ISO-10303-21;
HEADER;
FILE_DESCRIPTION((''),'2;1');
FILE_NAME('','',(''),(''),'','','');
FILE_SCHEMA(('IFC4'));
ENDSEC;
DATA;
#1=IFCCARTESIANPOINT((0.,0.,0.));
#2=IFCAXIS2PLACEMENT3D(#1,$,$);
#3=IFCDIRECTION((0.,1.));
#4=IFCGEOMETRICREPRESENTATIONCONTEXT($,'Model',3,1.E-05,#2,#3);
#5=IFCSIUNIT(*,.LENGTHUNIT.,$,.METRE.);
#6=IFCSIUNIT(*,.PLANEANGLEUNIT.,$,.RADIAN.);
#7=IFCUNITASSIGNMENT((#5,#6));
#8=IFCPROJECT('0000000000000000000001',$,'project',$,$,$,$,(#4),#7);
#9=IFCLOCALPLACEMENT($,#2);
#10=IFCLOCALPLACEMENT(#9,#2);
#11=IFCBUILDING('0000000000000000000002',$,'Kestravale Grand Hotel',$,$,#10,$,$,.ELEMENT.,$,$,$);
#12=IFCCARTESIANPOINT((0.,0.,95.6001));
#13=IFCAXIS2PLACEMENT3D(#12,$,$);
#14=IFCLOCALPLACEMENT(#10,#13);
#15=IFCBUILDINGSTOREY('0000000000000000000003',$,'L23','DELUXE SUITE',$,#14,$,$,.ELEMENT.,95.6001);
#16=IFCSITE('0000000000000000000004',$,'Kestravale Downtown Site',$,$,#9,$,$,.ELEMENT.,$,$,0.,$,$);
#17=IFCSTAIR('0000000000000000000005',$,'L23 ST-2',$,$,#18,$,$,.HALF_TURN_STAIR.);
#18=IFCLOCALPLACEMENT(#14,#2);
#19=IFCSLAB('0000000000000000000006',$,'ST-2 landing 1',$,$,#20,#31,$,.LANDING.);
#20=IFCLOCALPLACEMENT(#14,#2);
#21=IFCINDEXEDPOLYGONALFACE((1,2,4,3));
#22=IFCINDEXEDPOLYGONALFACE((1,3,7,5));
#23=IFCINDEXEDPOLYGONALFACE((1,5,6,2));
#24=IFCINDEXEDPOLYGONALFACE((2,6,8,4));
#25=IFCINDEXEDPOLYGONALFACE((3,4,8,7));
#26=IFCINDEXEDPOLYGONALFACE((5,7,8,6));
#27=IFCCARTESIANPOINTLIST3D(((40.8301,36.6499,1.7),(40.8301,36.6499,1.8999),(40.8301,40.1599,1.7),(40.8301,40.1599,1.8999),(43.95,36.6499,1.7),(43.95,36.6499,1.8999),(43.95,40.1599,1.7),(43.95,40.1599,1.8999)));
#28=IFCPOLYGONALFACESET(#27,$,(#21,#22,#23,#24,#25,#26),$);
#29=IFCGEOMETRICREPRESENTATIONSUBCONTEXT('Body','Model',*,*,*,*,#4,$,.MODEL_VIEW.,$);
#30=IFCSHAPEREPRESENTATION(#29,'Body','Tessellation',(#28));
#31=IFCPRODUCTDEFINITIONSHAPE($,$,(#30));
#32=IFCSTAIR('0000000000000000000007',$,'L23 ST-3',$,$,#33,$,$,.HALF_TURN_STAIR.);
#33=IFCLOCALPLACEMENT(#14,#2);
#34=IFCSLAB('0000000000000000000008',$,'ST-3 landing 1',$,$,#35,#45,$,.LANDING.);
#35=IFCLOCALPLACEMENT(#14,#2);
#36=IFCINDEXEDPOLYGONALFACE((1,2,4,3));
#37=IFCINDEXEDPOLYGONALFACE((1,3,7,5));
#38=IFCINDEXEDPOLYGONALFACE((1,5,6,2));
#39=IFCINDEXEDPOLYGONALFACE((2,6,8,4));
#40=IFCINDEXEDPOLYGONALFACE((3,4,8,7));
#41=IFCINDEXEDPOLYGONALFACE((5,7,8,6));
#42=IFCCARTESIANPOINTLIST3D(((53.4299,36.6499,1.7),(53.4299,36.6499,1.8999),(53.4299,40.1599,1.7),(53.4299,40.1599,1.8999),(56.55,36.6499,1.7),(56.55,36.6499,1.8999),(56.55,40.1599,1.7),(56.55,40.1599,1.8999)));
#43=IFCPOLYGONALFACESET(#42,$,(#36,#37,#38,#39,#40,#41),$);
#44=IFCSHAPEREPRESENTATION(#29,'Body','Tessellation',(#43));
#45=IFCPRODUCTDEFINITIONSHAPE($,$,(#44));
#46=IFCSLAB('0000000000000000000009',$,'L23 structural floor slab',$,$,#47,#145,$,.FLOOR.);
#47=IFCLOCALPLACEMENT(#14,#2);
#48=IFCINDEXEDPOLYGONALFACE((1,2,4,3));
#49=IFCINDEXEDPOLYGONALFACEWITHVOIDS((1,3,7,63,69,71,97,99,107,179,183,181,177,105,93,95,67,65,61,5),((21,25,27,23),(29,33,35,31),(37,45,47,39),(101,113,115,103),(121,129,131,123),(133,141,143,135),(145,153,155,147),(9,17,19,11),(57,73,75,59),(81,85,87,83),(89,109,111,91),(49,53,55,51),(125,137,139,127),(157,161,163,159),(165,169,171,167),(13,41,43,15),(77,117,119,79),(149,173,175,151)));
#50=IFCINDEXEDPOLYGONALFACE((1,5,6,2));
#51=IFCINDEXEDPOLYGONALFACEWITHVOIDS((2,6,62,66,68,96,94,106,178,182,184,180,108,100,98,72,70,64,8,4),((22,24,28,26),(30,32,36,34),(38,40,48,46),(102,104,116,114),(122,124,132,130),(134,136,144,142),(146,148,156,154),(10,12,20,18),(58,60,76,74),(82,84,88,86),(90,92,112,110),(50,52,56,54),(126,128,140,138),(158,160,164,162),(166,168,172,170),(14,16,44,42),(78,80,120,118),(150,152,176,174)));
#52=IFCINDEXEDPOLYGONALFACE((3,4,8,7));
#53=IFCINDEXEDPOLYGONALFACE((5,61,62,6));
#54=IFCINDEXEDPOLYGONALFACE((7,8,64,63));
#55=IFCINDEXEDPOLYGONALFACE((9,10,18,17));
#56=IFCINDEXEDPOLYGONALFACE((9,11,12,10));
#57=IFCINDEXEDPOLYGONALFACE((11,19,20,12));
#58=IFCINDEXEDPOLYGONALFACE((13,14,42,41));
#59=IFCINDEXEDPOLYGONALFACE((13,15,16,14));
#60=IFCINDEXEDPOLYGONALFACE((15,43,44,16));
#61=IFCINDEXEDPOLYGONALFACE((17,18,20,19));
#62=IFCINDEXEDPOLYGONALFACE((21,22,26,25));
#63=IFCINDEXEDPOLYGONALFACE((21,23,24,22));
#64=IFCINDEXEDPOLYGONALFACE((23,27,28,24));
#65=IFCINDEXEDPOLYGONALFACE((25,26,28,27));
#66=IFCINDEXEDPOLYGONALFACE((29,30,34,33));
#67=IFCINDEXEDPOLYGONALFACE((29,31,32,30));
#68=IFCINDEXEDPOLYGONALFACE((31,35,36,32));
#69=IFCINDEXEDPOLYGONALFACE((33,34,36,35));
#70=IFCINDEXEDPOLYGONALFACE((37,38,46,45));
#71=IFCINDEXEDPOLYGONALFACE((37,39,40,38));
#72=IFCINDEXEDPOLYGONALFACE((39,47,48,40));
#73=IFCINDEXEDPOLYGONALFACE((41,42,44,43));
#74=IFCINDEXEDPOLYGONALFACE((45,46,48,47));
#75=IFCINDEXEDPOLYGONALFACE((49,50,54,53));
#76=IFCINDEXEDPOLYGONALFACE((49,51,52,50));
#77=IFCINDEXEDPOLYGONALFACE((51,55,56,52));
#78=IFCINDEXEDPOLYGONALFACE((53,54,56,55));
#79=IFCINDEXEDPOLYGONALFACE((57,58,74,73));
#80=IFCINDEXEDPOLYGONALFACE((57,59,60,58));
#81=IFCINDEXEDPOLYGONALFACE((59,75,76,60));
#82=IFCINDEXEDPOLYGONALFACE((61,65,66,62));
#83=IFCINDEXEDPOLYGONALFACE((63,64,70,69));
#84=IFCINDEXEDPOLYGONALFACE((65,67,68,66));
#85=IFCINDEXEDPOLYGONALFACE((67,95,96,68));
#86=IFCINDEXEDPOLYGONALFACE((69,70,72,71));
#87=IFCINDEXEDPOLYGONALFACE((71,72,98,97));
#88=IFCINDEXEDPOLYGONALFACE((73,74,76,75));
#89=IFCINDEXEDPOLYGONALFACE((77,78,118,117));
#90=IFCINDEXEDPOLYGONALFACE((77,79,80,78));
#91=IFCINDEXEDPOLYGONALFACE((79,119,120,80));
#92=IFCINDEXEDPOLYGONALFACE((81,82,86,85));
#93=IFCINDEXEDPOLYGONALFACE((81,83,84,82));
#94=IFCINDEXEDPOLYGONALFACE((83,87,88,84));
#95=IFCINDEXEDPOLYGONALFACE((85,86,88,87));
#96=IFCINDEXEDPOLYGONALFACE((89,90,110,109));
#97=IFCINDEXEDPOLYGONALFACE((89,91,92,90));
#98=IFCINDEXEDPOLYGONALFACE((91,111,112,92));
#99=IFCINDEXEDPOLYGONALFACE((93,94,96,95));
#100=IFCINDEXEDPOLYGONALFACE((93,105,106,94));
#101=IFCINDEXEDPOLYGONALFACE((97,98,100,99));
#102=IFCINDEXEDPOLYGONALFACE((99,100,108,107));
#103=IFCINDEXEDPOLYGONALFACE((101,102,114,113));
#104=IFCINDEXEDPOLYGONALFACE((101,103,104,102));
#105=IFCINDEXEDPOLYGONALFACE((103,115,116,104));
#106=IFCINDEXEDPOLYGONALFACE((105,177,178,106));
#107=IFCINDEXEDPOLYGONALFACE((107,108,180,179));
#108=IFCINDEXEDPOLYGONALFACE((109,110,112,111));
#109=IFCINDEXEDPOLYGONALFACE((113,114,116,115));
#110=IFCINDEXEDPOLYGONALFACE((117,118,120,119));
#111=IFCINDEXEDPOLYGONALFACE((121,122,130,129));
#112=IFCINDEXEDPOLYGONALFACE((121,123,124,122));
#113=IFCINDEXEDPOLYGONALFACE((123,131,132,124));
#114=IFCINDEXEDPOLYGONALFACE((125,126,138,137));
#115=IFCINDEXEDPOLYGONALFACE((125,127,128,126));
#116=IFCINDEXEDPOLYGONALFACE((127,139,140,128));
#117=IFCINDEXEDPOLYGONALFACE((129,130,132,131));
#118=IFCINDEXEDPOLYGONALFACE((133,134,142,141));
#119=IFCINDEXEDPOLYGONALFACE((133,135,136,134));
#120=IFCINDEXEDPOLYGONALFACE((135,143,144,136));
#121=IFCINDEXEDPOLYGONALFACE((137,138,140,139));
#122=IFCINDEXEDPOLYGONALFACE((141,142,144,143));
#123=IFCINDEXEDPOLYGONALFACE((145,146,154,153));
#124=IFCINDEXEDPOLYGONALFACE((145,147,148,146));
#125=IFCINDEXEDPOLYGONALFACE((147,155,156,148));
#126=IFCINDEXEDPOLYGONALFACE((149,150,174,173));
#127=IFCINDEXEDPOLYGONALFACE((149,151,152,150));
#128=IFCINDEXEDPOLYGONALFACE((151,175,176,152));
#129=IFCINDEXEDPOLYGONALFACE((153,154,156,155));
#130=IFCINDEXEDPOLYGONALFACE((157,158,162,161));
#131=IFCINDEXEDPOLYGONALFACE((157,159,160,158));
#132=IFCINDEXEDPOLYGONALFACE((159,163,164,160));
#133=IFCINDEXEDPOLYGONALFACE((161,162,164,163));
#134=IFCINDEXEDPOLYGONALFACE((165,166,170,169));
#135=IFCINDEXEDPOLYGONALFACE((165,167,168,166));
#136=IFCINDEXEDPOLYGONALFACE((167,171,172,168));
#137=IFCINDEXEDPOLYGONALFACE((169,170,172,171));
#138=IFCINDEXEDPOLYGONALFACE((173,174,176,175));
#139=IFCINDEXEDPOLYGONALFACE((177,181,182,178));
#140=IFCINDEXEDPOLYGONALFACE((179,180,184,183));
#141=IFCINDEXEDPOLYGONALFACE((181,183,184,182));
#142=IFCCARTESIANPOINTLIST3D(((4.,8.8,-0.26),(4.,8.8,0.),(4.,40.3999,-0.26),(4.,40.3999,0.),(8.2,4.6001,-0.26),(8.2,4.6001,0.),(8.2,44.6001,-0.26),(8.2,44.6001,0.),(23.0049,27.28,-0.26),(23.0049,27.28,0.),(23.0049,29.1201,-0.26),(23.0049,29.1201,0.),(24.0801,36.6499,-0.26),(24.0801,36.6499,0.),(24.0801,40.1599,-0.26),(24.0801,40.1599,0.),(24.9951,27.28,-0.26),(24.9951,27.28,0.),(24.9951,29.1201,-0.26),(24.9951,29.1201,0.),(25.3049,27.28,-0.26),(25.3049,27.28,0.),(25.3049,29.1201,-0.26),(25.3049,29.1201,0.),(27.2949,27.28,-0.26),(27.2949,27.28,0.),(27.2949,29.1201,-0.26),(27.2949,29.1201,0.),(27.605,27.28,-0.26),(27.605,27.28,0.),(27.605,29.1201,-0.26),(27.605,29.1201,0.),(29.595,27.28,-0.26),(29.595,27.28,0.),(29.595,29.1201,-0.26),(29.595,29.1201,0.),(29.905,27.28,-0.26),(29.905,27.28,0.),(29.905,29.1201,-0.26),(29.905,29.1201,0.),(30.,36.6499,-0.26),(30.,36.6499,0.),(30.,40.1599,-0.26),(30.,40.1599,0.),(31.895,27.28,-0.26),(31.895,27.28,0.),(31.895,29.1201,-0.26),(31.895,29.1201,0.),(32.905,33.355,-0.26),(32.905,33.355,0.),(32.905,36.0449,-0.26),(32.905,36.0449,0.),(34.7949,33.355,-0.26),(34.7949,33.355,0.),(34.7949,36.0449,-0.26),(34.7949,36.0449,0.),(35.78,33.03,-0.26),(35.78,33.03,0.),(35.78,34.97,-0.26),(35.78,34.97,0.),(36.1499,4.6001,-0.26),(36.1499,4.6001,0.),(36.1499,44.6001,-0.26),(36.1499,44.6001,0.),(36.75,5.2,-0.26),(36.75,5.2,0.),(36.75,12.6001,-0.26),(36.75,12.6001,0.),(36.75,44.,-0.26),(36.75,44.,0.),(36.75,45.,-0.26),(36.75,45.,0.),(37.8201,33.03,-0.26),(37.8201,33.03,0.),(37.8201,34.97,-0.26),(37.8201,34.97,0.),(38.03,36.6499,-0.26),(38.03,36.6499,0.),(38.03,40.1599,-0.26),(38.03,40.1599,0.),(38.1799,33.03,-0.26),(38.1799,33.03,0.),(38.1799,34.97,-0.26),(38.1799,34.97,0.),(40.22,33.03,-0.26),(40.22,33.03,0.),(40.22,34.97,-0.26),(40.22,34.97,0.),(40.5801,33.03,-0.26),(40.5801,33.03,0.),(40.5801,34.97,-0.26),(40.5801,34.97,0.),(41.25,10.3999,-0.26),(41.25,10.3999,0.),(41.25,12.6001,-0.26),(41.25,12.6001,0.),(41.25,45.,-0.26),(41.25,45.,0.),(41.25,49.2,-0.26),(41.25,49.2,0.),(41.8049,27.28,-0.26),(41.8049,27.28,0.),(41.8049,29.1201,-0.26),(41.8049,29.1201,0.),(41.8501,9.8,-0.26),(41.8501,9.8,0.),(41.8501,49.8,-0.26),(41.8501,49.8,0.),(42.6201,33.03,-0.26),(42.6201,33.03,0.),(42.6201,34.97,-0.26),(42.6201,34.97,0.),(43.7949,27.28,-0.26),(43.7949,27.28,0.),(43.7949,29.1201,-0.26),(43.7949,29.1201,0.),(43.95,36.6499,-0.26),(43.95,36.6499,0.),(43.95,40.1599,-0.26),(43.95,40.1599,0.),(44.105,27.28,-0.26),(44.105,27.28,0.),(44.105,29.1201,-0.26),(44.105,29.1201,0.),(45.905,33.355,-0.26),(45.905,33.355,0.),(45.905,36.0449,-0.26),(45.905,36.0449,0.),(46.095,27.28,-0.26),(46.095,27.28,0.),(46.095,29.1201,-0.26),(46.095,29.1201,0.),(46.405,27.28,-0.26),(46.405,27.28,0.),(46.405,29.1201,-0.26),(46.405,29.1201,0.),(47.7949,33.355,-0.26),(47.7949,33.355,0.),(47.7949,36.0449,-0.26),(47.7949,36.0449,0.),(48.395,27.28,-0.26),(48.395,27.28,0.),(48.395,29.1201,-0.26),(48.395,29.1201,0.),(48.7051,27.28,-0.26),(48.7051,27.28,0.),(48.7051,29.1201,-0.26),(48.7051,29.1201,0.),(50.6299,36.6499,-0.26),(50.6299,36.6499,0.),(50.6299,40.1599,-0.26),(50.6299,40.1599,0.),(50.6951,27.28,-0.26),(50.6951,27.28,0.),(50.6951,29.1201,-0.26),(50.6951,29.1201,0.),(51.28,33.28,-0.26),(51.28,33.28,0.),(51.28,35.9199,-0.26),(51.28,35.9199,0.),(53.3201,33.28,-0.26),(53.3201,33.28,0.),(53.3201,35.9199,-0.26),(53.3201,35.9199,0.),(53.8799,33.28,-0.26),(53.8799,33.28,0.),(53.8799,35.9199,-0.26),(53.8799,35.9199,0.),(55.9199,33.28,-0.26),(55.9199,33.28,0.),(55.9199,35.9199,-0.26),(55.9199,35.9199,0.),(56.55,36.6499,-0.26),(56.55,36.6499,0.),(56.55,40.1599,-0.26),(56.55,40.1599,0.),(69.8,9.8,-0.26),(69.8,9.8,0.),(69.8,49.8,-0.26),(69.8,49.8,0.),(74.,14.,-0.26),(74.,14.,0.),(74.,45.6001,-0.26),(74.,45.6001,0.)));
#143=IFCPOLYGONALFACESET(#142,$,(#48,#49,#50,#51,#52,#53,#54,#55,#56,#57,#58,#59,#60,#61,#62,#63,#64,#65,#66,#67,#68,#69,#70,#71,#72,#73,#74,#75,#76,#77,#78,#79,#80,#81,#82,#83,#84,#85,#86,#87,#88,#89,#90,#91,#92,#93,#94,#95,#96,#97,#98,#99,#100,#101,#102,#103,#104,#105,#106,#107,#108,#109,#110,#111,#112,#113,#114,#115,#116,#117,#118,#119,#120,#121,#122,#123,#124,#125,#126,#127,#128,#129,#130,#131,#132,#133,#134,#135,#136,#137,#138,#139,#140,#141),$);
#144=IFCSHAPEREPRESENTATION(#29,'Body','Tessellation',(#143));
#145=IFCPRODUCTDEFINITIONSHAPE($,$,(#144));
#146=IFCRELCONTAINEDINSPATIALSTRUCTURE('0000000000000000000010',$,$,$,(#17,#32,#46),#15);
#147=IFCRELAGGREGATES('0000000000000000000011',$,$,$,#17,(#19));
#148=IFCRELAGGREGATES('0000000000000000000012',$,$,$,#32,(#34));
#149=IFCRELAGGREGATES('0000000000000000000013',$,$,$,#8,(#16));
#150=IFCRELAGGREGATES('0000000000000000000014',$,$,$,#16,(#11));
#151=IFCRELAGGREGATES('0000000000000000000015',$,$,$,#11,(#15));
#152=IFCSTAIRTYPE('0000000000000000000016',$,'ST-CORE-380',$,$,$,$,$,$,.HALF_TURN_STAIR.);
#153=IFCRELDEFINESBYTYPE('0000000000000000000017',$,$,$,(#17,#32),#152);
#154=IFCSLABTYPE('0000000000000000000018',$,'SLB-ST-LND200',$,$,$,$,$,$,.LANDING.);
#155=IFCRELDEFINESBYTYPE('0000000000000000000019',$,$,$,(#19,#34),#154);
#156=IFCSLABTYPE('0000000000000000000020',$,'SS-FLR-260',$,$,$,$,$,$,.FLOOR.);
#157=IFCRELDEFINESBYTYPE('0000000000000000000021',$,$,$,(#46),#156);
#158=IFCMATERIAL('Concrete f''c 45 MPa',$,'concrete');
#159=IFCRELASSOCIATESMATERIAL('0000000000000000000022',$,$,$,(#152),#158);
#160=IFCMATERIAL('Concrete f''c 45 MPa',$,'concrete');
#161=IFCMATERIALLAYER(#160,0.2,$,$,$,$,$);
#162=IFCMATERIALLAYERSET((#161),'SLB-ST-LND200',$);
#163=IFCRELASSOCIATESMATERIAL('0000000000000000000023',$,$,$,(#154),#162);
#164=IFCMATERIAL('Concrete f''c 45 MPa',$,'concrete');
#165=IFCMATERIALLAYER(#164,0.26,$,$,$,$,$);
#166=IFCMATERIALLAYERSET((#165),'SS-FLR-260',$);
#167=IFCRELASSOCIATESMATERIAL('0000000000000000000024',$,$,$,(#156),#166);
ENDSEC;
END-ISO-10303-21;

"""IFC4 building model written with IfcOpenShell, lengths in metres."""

from ifc_helpers import new_model, si_unit, direction, frame, origin, place, context, subcontext, project, spatial, polyline, outline, extrude, material, layer, layer_set, type_object, element, aggregate, save


model = new_model("IFC4")

# Units and contexts
model_context = context("Model", 3, precision=1e-05, world=origin(), true_north=direction((0.0, 1.0)))
body_context = subcontext(model_context, "Body", "Model", "MODEL_VIEW")
ifc_project = project(units=[si_unit("LENGTHUNIT", "METRE"), si_unit("PLANEANGLEUNIT", "RADIAN")], contexts=[model_context])

# Site, building, storey
site_placement = place(None, origin())
site = spatial("IfcSite", under=ifc_project, at=site_placement, Name="Kestravale Downtown Site", CompositionType="ELEMENT", RefElevation=0.0)
building_placement = place(site_placement, origin())
building = spatial("IfcBuilding", under=site, at=building_placement, Name="Kestravale Grand Hotel", CompositionType="ELEMENT")
storey_placement = place(building_placement, frame((0.0, 0.0, 95.6001)))
storey = spatial("IfcBuildingStorey", under=building, at=storey_placement, Name="L23", Description="DELUXE SUITE", CompositionType="ELEMENT", Elevation=95.6001)

# Stairs, slabs
ifc_material_1 = material(Name="Concrete f'c 45 MPa", Category="concrete")
stair_type = type_object("IfcStairType", Name="ST-CORE-380", PredefinedType="HALF_TURN_STAIR", material=ifc_material_1)
ifc_material_2 = material(Name="Concrete f'c 45 MPa", Category="concrete")
ifc_layer_1 = layer(ifc_material_2, 0.2)
ifc_layer_set_1 = layer_set([ifc_layer_1], Name="SLB-ST-LND200")
slab_type_1 = type_object("IfcSlabType", Name="SLB-ST-LND200", PredefinedType="LANDING", material=ifc_layer_set_1)
stair_1_placement = place(storey_placement, origin())
stair_1 = element("IfcStair", 1, at=stair_1_placement, inside=storey, type_object=stair_type, Name="L23 ST-2", PredefinedType="HALF_TURN_STAIR")
slab_1_placement = place(storey_placement, frame((0.0, 0.0, 1.7)))
slab_1 = element("IfcSlab", 2, at=slab_1_placement, type_object=slab_type_1, Name="ST-2 landing 1", PredefinedType="LANDING", context=body_context, shape_type="SweptSolid", body=[
    extrude(outline(polyline([(40.8301, 36.6499), (43.95, 36.6499), (43.95, 40.1599), (40.8301, 40.1599), (40.8301, 36.6499)])), origin(), (0.0, 0.0, 1.0), 0.2),
])
aggregate(stair_1, [slab_1])
stair_2_placement = place(storey_placement, origin())
stair_2 = element("IfcStair", 3, at=stair_2_placement, inside=storey, type_object=stair_type, Name="L23 ST-3", PredefinedType="HALF_TURN_STAIR")
slab_2_placement = place(storey_placement, frame((0.0, 0.0, 1.7)))
slab_2 = element("IfcSlab", 4, at=slab_2_placement, type_object=slab_type_1, Name="ST-3 landing 1", PredefinedType="LANDING", context=body_context, shape_type="SweptSolid", body=[
    extrude(outline(polyline([(53.4299, 36.6499), (56.55, 36.6499), (56.55, 40.1599), (53.4299, 40.1599), (53.4299, 36.6499)])), origin(), (0.0, 0.0, 1.0), 0.2),
])
aggregate(stair_2, [slab_2])

# Slab
ifc_material_3 = material(Name="Concrete f'c 45 MPa", Category="concrete")
ifc_layer_2 = layer(ifc_material_3, 0.26)
ifc_layer_set_2 = layer_set([ifc_layer_2], Name="SS-FLR-260")
slab_type_2 = type_object("IfcSlabType", Name="SS-FLR-260", PredefinedType="FLOOR", material=ifc_layer_set_2)
slab_3_placement = place(storey_placement, frame((0.0, 0.0, -0.26)))
element("IfcSlab", 5, at=slab_3_placement, inside=storey, type_object=slab_type_2, Name="L23 structural floor slab", PredefinedType="FLOOR", context=body_context, shape_type="SweptSolid", body=[
    extrude(outline(polyline([(8.2, 4.6001), (36.1499, 4.6001), (36.75, 5.2), (36.75, 12.6001), (41.25, 12.6001), (41.25, 10.3999), (41.8501, 9.8), (69.8, 9.8), (74.0, 14.0), (74.0, 45.6001), (69.8, 49.8), (41.8501, 49.8), (41.25, 49.2), (41.25, 45.0), (36.75, 45.0), (36.75, 44.0), (36.1499, 44.6001), (8.2, 44.6001), (4.0, 40.3999), (4.0, 8.8), (8.2, 4.6001)]), holes=[polyline([(24.0801, 36.6499), (30.0, 36.6499), (30.0, 40.1599), (24.0801, 40.1599), (24.0801, 36.6499)]), polyline([(38.03, 36.6499), (43.95, 36.6499), (43.95, 40.1599), (38.03, 40.1599), (38.03, 36.6499)]), polyline([(50.6299, 36.6499), (56.55, 36.6499), (56.55, 40.1599), (50.6299, 40.1599), (50.6299, 36.6499)]), polyline([(23.0049, 27.28), (24.9951, 27.28), (24.9951, 29.1201), (23.0049, 29.1201), (23.0049, 27.28)]), polyline([(25.3049, 27.28), (27.2949, 27.28), (27.2949, 29.1201), (25.3049, 29.1201), (25.3049, 27.28)]), polyline([(27.605, 27.28), (29.595, 27.28), (29.595, 29.1201), (27.605, 29.1201), (27.605, 27.28)]), polyline([(29.905, 27.28), (31.895, 27.28), (31.895, 29.1201), (29.905, 29.1201), (29.905, 27.28)]), polyline([(41.8049, 27.28), (43.7949, 27.28), (43.7949, 29.1201), (41.8049, 29.1201), (41.8049, 27.28)]), polyline([(44.105, 27.28), (46.095, 27.28), (46.095, 29.1201), (44.105, 29.1201), (44.105, 27.28)]), polyline([(46.405, 27.28), (48.395, 27.28), (48.395, 29.1201), (46.405, 29.1201), (46.405, 27.28)]), polyline([(48.7051, 27.28), (50.6951, 27.28), (50.6951, 29.1201), (48.7051, 29.1201), (48.7051, 27.28)]), polyline([(35.78, 33.03), (37.8201, 33.03), (37.8201, 34.97), (35.78, 34.97), (35.78, 33.03)]), polyline([(38.1799, 33.03), (40.22, 33.03), (40.22, 34.97), (38.1799, 34.97), (38.1799, 33.03)]), polyline([(40.5801, 33.03), (42.6201, 33.03), (42.6201, 34.97), (40.5801, 34.97), (40.5801, 33.03)]), polyline([(32.905, 33.355), (34.7949, 33.355), (34.7949, 36.0449), (32.905, 36.0449), (32.905, 33.355)]), polyline([(45.905, 33.355), (47.7949, 33.355), (47.7949, 36.0449), (45.905, 36.0449), (45.905, 33.355)]), polyline([(51.28, 33.28), (53.3201, 33.28), (53.3201, 35.9199), (51.28, 35.9199), (51.28, 33.28)]), polyline([(53.8799, 33.28), (55.9199, 33.28), (55.9199, 35.9199), (53.8799, 35.9199), (53.8799, 33.28)])]), origin(), (0.0, 0.0, 1.0), 0.26),
])

save(model, "model.ifc")
